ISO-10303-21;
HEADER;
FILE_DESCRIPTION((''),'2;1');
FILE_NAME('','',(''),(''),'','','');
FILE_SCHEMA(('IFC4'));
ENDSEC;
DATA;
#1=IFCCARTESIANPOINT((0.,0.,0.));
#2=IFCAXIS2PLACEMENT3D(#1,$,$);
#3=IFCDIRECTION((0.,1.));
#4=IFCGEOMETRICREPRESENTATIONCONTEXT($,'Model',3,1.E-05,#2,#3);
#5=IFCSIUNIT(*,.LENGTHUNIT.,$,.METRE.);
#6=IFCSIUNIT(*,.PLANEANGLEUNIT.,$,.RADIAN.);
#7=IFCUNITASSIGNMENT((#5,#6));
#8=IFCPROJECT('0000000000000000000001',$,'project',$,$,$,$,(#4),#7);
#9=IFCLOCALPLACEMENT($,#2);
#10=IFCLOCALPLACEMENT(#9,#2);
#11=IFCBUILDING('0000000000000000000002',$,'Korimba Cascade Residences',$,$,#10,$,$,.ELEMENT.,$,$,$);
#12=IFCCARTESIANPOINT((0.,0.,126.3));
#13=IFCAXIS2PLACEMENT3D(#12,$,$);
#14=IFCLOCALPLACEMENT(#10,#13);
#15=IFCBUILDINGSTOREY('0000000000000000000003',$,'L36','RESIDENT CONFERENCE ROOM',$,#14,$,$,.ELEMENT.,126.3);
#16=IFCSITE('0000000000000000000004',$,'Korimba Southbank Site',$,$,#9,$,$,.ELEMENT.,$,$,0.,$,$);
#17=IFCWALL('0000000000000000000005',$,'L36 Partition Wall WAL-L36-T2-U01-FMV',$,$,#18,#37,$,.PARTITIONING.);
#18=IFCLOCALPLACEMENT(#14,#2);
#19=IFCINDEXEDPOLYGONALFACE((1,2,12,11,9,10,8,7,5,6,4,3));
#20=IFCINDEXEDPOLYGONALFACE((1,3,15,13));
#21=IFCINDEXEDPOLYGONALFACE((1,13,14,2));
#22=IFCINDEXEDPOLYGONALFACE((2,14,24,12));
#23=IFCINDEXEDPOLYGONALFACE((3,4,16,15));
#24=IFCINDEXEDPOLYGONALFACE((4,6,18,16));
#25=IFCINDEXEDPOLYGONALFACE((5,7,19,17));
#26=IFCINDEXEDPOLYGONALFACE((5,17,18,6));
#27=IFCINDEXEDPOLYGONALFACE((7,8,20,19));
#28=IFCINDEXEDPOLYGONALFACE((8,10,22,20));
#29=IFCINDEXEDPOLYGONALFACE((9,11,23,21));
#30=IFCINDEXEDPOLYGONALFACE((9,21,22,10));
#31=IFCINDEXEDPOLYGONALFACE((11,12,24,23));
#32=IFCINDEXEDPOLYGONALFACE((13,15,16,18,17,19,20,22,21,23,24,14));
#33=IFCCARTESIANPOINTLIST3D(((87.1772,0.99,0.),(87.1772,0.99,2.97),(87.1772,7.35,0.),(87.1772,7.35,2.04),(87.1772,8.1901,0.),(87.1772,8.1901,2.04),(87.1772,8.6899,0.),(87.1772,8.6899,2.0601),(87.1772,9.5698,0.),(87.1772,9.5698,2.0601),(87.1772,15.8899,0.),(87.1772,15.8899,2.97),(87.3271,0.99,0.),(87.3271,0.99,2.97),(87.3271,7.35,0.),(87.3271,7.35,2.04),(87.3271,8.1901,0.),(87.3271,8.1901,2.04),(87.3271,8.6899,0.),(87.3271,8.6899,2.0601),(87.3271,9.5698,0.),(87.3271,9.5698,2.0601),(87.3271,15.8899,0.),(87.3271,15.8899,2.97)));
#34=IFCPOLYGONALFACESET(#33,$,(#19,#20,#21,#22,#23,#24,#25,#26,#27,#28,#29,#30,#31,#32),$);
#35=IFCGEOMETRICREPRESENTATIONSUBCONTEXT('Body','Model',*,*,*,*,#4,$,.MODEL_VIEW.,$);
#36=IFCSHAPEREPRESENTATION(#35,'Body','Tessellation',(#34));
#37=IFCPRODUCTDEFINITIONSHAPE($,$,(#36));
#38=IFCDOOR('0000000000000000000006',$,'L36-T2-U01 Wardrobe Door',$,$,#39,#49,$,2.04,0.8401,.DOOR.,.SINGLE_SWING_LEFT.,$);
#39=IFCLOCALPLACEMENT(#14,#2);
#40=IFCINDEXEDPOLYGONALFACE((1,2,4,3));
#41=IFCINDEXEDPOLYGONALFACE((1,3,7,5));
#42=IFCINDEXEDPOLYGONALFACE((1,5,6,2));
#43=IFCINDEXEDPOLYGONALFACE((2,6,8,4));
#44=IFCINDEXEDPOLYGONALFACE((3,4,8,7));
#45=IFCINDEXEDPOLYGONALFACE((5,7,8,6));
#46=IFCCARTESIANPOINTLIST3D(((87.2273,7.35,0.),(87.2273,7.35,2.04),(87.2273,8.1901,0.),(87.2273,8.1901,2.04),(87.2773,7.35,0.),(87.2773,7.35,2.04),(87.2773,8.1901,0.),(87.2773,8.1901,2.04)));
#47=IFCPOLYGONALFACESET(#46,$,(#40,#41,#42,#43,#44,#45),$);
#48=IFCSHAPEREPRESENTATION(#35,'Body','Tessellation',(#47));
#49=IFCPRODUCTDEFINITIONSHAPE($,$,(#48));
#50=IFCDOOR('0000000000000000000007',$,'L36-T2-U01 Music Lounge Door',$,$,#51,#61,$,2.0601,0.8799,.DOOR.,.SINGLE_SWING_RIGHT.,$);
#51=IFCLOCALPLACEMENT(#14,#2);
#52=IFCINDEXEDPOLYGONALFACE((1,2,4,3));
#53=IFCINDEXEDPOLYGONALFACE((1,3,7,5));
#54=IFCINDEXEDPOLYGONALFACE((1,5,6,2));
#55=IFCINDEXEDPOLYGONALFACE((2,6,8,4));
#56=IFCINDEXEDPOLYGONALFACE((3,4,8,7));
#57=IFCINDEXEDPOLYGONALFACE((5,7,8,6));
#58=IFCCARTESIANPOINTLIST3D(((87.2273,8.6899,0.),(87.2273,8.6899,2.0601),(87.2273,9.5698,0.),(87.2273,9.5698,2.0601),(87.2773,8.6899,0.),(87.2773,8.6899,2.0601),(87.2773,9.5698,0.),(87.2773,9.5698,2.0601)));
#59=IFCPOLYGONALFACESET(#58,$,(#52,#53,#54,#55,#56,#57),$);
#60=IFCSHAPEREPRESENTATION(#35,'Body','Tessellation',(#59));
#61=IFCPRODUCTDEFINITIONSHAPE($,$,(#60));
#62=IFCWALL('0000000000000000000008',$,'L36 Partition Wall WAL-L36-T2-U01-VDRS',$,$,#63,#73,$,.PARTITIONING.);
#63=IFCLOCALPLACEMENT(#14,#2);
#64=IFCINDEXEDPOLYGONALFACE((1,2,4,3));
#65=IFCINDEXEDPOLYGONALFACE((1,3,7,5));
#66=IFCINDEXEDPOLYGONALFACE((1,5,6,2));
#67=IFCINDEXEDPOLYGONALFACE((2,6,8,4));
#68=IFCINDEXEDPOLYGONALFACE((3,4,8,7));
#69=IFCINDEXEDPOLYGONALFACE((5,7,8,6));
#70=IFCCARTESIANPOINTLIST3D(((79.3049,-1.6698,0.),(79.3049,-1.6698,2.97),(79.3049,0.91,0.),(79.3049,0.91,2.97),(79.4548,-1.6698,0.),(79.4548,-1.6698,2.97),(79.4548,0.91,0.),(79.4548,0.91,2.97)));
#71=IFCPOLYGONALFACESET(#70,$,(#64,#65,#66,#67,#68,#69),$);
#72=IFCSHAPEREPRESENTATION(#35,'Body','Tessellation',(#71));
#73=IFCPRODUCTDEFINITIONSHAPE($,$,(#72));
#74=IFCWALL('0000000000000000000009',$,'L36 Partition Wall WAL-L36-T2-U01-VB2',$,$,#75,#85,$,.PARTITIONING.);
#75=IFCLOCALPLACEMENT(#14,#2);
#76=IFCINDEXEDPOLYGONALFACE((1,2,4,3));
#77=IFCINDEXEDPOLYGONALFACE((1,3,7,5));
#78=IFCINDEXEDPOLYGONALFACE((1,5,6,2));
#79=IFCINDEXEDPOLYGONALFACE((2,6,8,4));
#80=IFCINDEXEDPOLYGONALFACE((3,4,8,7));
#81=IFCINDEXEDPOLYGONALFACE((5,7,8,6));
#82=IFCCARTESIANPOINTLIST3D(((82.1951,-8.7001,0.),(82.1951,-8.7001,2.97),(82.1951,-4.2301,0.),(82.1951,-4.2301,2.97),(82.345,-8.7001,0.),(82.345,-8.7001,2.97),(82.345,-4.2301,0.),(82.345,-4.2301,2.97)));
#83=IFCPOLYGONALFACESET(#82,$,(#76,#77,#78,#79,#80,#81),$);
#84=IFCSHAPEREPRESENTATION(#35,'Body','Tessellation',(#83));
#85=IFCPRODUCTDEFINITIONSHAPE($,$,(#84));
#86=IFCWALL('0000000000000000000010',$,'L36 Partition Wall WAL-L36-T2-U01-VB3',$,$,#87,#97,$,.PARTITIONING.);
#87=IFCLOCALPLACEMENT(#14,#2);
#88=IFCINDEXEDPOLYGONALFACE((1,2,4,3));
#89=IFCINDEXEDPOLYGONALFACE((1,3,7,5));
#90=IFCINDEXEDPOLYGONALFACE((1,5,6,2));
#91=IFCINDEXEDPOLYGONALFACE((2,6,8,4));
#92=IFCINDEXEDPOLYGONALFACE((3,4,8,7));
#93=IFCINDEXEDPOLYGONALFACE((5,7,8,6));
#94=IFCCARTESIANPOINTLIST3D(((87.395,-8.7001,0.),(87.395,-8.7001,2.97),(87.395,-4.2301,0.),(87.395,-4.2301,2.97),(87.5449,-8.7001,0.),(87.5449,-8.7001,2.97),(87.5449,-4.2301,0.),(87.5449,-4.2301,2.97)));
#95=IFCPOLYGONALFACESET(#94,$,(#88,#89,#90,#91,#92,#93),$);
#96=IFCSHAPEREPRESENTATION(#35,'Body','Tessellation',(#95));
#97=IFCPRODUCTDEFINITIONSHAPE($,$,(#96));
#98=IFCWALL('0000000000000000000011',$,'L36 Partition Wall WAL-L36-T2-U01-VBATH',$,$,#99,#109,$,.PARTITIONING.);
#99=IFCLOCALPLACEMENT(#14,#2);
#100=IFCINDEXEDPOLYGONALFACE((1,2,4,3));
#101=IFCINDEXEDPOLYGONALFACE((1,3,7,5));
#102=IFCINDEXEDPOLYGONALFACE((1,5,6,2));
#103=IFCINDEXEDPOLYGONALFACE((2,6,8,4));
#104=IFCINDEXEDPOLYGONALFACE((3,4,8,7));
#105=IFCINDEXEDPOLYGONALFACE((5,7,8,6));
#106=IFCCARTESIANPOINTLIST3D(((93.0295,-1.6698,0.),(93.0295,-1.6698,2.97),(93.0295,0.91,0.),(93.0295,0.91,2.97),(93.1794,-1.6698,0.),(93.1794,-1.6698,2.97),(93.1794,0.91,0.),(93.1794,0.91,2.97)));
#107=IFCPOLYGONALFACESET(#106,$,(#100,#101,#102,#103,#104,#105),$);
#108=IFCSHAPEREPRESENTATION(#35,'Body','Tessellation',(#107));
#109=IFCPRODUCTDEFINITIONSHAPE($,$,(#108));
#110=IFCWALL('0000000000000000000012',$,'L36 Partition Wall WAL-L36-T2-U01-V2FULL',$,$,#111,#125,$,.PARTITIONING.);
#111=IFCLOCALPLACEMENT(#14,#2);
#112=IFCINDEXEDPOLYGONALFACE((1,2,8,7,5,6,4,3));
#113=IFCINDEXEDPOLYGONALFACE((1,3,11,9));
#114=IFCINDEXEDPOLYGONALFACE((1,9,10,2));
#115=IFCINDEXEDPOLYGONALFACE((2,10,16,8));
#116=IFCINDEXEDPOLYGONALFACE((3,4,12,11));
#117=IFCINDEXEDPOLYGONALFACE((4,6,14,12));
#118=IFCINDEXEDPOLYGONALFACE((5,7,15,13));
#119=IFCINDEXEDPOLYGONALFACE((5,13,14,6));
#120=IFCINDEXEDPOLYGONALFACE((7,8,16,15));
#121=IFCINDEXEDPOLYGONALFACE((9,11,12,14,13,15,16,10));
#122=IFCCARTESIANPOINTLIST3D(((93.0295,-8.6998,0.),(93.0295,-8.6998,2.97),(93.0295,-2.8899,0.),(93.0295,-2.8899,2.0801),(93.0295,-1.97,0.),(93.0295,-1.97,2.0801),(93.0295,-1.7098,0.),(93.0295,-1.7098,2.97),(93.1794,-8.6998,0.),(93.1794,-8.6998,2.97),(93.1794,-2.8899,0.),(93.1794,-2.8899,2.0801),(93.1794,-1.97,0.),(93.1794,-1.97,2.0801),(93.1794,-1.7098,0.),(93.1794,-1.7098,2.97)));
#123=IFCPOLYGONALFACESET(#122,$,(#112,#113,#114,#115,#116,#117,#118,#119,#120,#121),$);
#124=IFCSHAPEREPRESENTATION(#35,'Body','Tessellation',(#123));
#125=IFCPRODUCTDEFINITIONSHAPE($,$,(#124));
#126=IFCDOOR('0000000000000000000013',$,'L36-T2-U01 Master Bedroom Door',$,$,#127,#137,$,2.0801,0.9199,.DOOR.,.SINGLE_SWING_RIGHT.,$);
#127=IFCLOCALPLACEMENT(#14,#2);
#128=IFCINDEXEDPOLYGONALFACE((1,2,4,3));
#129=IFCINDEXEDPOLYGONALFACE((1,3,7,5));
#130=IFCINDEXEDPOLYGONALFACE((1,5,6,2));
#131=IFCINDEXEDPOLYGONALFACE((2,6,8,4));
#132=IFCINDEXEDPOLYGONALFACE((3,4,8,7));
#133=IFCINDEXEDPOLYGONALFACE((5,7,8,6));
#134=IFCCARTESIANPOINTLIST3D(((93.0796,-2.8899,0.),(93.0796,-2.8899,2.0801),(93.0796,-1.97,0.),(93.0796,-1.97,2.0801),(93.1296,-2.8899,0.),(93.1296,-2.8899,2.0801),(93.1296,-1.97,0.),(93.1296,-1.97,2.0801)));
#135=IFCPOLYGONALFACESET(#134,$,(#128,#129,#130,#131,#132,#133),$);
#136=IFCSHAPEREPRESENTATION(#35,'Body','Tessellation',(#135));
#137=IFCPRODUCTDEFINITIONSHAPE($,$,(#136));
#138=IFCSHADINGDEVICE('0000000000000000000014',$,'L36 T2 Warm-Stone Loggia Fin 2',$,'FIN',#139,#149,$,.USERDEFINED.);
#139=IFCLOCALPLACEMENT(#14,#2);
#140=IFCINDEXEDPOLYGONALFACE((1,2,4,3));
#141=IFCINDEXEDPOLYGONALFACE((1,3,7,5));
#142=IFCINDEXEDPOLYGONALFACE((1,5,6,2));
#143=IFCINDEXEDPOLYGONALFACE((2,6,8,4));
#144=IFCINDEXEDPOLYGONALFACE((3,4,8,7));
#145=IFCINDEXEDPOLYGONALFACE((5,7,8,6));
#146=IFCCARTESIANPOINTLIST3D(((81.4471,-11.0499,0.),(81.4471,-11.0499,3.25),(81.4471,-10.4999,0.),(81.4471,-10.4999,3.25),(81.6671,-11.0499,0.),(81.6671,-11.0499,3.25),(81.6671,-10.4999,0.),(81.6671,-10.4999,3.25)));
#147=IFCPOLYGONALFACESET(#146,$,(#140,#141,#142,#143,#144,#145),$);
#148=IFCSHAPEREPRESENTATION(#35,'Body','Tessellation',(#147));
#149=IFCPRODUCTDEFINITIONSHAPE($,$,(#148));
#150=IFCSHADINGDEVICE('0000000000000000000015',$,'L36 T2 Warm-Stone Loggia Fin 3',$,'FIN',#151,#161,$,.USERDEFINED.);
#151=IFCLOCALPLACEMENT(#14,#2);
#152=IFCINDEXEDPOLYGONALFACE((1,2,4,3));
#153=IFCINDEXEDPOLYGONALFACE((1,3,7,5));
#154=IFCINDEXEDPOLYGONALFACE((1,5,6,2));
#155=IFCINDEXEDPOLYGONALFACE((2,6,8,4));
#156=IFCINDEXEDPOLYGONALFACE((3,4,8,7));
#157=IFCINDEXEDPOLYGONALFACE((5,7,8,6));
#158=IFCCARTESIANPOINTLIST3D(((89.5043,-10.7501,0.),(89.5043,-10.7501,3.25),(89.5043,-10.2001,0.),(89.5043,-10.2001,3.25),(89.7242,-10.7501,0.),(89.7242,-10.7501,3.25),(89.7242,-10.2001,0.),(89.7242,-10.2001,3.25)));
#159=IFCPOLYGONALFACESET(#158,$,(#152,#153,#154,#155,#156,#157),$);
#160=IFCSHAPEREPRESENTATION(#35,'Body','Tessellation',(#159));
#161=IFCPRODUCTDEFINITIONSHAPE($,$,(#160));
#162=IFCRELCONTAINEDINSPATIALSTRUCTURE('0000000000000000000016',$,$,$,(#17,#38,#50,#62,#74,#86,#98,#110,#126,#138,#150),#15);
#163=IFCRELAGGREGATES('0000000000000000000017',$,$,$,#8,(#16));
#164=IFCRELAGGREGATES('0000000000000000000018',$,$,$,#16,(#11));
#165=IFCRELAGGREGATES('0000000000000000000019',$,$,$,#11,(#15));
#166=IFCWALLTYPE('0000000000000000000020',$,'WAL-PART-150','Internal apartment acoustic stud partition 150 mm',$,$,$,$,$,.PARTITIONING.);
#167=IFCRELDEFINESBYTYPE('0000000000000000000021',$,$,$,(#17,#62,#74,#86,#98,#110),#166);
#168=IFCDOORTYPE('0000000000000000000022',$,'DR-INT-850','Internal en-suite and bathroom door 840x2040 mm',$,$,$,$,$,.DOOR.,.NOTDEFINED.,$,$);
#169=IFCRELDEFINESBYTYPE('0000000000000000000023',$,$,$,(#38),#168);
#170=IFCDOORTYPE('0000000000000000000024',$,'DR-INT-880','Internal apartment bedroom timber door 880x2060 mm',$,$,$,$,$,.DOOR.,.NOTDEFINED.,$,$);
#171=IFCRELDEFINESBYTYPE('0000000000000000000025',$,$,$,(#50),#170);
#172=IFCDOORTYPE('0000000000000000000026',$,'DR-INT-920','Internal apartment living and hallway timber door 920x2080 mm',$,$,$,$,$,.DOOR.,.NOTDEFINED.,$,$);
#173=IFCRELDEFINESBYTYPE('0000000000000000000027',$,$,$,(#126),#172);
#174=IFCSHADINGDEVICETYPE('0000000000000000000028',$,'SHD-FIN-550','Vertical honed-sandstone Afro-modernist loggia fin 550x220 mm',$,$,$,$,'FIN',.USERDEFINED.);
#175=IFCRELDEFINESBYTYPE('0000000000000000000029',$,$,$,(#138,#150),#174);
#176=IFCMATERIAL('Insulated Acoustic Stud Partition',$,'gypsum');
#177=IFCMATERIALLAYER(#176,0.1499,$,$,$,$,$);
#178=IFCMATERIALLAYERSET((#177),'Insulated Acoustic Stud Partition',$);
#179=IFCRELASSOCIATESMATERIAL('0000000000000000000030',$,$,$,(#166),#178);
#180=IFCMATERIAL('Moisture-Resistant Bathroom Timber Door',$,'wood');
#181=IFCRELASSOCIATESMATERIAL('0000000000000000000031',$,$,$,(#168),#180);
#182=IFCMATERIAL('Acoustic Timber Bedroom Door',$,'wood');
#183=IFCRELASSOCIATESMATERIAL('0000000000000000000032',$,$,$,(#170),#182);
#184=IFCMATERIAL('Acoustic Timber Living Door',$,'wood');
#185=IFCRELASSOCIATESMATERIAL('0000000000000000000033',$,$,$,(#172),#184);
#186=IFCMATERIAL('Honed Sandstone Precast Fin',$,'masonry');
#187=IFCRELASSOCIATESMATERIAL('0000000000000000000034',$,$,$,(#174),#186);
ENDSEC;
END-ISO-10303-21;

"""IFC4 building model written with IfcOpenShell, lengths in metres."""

from ifc_helpers import new_model, si_unit, direction, frame, frame_2d, origin, origin_2d, place, context, subcontext, project, spatial, rectangle, extrude, material, layer, layer_set, type_object, element, fill, save


model = new_model("IFC4")

# Units and contexts
model_context = context("Model", 3, precision=1e-05, world=origin(), true_north=direction((0.0, 1.0)))
body_context = subcontext(model_context, "Body", "Model", "MODEL_VIEW")
ifc_project = project(units=[si_unit("LENGTHUNIT", "METRE"), si_unit("PLANEANGLEUNIT", "RADIAN")], contexts=[model_context])

# Site, building, storey
site_placement = place(None, origin())
site = spatial("IfcSite", under=ifc_project, at=site_placement, Name="Korimba Southbank Site", CompositionType="ELEMENT", RefElevation=0.0)
building_placement = place(site_placement, origin())
building = spatial("IfcBuilding", under=site, at=building_placement, Name="Korimba Cascade Residences", CompositionType="ELEMENT")
storey_placement = place(building_placement, frame((0.0, 0.0, 126.3)))
storey = spatial("IfcBuildingStorey", under=building, at=storey_placement, Name="L36", Description="RESIDENT CONFERENCE ROOM", CompositionType="ELEMENT", Elevation=126.3)

# Wall, openings, doors
ifc_material_1 = material(Name="Insulated Acoustic Stud Partition", Category="gypsum")
ifc_layer_1 = layer(ifc_material_1, 0.1499)
ifc_layer_set_1 = layer_set([ifc_layer_1], Name="Insulated Acoustic Stud Partition")
wall_type_1 = type_object("IfcWallType", Name="WAL-PART-150", Description="Internal apartment acoustic stud partition 150 mm", PredefinedType="PARTITIONING", material=ifc_layer_set_1)
wall_1_placement = place(storey_placement, frame((87.2522, 0.99, 0.0), z_axis=(0.0, 0.0, 1.0), x_axis=(0.0, 1.0, 0.0)))
wall_1 = element("IfcWall", 1, at=wall_1_placement, inside=storey, type_object=wall_type_1, Name="L36 Partition Wall WAL-L36-T2-U01-FMV", PredefinedType="PARTITIONING", context=body_context, shape_type="SweptSolid", body=[
    extrude(rectangle(XDim=14.8999, YDim=0.1499, at=frame_2d((7.45, 0.0))), origin(), (0.0, 0.0, 1.0), 2.97),
])
opening_1_placement = place(wall_1_placement, frame((6.3601, 0.0, 0.0)))
opening_1 = element("IfcOpeningElement", 2, at=opening_1_placement, cuts=wall_1, PredefinedType="OPENING", context=body_context, shape_type="SweptSolid", body=[
    extrude(rectangle(XDim=0.8401, YDim=2.04, at=frame_2d((0.4199, 1.02))), frame((0.0, 0.085, 0.0), z_axis=(0.0, -1.0, 0.0), x_axis=(1.0, 0.0, 0.0)), (0.0, 0.0, 1.0), 0.1699),
])
opening_2_placement = place(wall_1_placement, frame((7.7, 0.0, 0.0)))
opening_2 = element("IfcOpeningElement", 3, at=opening_2_placement, cuts=wall_1, PredefinedType="OPENING", context=body_context, shape_type="SweptSolid", body=[
    extrude(rectangle(XDim=0.8799, YDim=2.0601, at=frame_2d((0.4399, 1.03))), frame((0.0, 0.085, 0.0), z_axis=(0.0, -1.0, 0.0), x_axis=(1.0, 0.0, 0.0)), (0.0, 0.0, 1.0), 0.1699),
])
ifc_material_2 = material(Name="Moisture-Resistant Bathroom Timber Door", Category="wood")
door_type_1 = type_object("IfcDoorType", Name="DR-INT-850", Description="Internal en-suite and bathroom door 840x2040 mm", OperationType="NOTDEFINED", PredefinedType="DOOR", material=ifc_material_2)
door_1_placement = place(opening_1_placement, origin())
door_1 = element("IfcDoor", 4, at=door_1_placement, inside=storey, type_object=door_type_1, Name="L36-T2-U01 Wardrobe Door", OperationType="SINGLE_SWING_LEFT", OverallHeight=2.04, OverallWidth=0.8401, PredefinedType="DOOR", context=body_context, shape_type="SweptSolid", body=[
    extrude(rectangle(XDim=0.8401, YDim=2.04, at=frame_2d((0.4199, 1.02))), frame((0.0, 0.0249, 0.0), z_axis=(0.0, -1.0, 0.0), x_axis=(1.0, 0.0, 0.0)), (0.0, 0.0, 1.0), 0.05),
])
fill(opening_1, door_1)
ifc_material_3 = material(Name="Acoustic Timber Bedroom Door", Category="wood")
door_type_2 = type_object("IfcDoorType", Name="DR-INT-880", Description="Internal apartment bedroom timber door 880x2060 mm", OperationType="NOTDEFINED", PredefinedType="DOOR", material=ifc_material_3)
door_2_placement = place(opening_2_placement, origin())
door_2 = element("IfcDoor", 5, at=door_2_placement, inside=storey, type_object=door_type_2, Name="L36-T2-U01 Music Lounge Door", OperationType="SINGLE_SWING_RIGHT", OverallHeight=2.0601, OverallWidth=0.8799, PredefinedType="DOOR", context=body_context, shape_type="SweptSolid", body=[
    extrude(rectangle(XDim=0.8799, YDim=2.0601, at=frame_2d((0.4399, 1.03))), frame((0.0, 0.0249, 0.0), z_axis=(0.0, -1.0, 0.0), x_axis=(1.0, 0.0, 0.0)), (0.0, 0.0, 1.0), 0.05),
])
fill(opening_2, door_2)

# Walls
wall_2_placement = place(storey_placement, frame((79.3799, -1.6699, 0.0), z_axis=(0.0, 0.0, 1.0), x_axis=(0.0, 1.0, 0.0)))
element("IfcWall", 6, at=wall_2_placement, inside=storey, type_object=wall_type_1, Name="L36 Partition Wall WAL-L36-T2-U01-VDRS", PredefinedType="PARTITIONING", context=body_context, shape_type="SweptSolid", body=[
    extrude(rectangle(XDim=2.5798, YDim=0.1499, at=frame_2d((1.29, 0.0))), origin(), (0.0, 0.0, 1.0), 2.97),
])
for number, where, z_axis, x_axis, name in (
    (7, (82.27, -8.7, 0.0), (0.0, 0.0, 1.0), (0.0, 1.0, 0.0), "L36 Partition Wall WAL-L36-T2-U01-VB2"),
    (8, (87.47, -8.7, 0.0), (0.0, 0.0, 1.0), (0.0, 1.0, 0.0), "L36 Partition Wall WAL-L36-T2-U01-VB3"),
):
    element("IfcWall", number, at=place(storey_placement, frame(where, z_axis=z_axis, x_axis=x_axis)), inside=storey, type_object=wall_type_1, Name=name, PredefinedType="PARTITIONING", context=body_context, shape_type="SweptSolid", body=[
        extrude(rectangle(XDim=4.47, YDim=0.1499, at=frame_2d((2.2349, 0.0))), origin(), (0.0, 0.0, 1.0), 2.97),
    ])
wall_3_placement = place(storey_placement, frame((93.1045, -1.6699, 0.0), z_axis=(0.0, 0.0, 1.0), x_axis=(0.0, 1.0, 0.0)))
element("IfcWall", 9, at=wall_3_placement, inside=storey, type_object=wall_type_1, Name="L36 Partition Wall WAL-L36-T2-U01-VBATH", PredefinedType="PARTITIONING", context=body_context, shape_type="SweptSolid", body=[
    extrude(rectangle(XDim=2.5798, YDim=0.1499, at=frame_2d((1.29, 0.0))), origin(), (0.0, 0.0, 1.0), 2.97),
])

# Wall, opening, door
wall_4_placement = place(storey_placement, frame((93.1045, -8.7, 0.0), z_axis=(0.0, 0.0, 1.0), x_axis=(0.0, 1.0, 0.0)))
wall_4 = element("IfcWall", 10, at=wall_4_placement, inside=storey, type_object=wall_type_1, Name="L36 Partition Wall WAL-L36-T2-U01-V2FULL", PredefinedType="PARTITIONING", context=body_context, shape_type="SweptSolid", body=[
    extrude(rectangle(XDim=6.99, YDim=0.1499, at=frame_2d((3.4951, 0.0))), origin(), (0.0, 0.0, 1.0), 2.97),
])
opening_3_placement = place(wall_4_placement, frame((5.8101, 0.0, 0.0)))
opening_3 = element("IfcOpeningElement", 11, at=opening_3_placement, cuts=wall_4, PredefinedType="OPENING", context=body_context, shape_type="SweptSolid", body=[
    extrude(rectangle(XDim=0.9199, YDim=2.0801, at=frame_2d((0.46, 1.04))), frame((0.0, 0.085, 0.0), z_axis=(0.0, -1.0, 0.0), x_axis=(1.0, 0.0, 0.0)), (0.0, 0.0, 1.0), 0.1699),
])
ifc_material_4 = material(Name="Acoustic Timber Living Door", Category="wood")
door_type_3 = type_object("IfcDoorType", Name="DR-INT-920", Description="Internal apartment living and hallway timber door 920x2080 mm", OperationType="NOTDEFINED", PredefinedType="DOOR", material=ifc_material_4)
door_3_placement = place(opening_3_placement, origin())
door_3 = element("IfcDoor", 12, at=door_3_placement, inside=storey, type_object=door_type_3, Name="L36-T2-U01 Master Bedroom Door", OperationType="SINGLE_SWING_RIGHT", OverallHeight=2.0801, OverallWidth=0.9199, PredefinedType="DOOR", context=body_context, shape_type="SweptSolid", body=[
    extrude(rectangle(XDim=0.9199, YDim=2.0801, at=frame_2d((0.46, 1.04))), frame((0.0, 0.0249, 0.0), z_axis=(0.0, -1.0, 0.0), x_axis=(1.0, 0.0, 0.0)), (0.0, 0.0, 1.0), 0.05),
])
fill(opening_3, door_3)

# Shading devices
ifc_material_5 = material(Name="Honed Sandstone Precast Fin", Category="masonry")
shading_device_type = type_object("IfcShadingDeviceType", Name="SHD-FIN-550", Description="Vertical honed-sandstone Afro-modernist loggia fin 550x220 mm", ElementType="FIN", PredefinedType="USERDEFINED", material=ifc_material_5)
for number, where, z_axis, x_axis, name in (
    (13, (81.5571, -10.7749, 0.0), (0.0, 0.0, 1.0), (1.0, 0.0, 0.0), "L36 T2 Warm-Stone Loggia Fin 2"),
    (14, (89.6143, -10.4751, 0.0), (0.0, 0.0, 1.0), (1.0, 0.0, 0.0), "L36 T2 Warm-Stone Loggia Fin 3"),
):
    element("IfcShadingDevice", number, at=place(storey_placement, frame(where, z_axis=z_axis, x_axis=x_axis)), inside=storey, type_object=shading_device_type, Name=name, ObjectType="FIN", PredefinedType="USERDEFINED", context=body_context, shape_type="SweptSolid", body=[
        extrude(rectangle(XDim=0.22, YDim=0.55, at=origin_2d()), origin(), (0.0, 0.0, 1.0), 3.25),
    ])

save(model, "model.ifc")
